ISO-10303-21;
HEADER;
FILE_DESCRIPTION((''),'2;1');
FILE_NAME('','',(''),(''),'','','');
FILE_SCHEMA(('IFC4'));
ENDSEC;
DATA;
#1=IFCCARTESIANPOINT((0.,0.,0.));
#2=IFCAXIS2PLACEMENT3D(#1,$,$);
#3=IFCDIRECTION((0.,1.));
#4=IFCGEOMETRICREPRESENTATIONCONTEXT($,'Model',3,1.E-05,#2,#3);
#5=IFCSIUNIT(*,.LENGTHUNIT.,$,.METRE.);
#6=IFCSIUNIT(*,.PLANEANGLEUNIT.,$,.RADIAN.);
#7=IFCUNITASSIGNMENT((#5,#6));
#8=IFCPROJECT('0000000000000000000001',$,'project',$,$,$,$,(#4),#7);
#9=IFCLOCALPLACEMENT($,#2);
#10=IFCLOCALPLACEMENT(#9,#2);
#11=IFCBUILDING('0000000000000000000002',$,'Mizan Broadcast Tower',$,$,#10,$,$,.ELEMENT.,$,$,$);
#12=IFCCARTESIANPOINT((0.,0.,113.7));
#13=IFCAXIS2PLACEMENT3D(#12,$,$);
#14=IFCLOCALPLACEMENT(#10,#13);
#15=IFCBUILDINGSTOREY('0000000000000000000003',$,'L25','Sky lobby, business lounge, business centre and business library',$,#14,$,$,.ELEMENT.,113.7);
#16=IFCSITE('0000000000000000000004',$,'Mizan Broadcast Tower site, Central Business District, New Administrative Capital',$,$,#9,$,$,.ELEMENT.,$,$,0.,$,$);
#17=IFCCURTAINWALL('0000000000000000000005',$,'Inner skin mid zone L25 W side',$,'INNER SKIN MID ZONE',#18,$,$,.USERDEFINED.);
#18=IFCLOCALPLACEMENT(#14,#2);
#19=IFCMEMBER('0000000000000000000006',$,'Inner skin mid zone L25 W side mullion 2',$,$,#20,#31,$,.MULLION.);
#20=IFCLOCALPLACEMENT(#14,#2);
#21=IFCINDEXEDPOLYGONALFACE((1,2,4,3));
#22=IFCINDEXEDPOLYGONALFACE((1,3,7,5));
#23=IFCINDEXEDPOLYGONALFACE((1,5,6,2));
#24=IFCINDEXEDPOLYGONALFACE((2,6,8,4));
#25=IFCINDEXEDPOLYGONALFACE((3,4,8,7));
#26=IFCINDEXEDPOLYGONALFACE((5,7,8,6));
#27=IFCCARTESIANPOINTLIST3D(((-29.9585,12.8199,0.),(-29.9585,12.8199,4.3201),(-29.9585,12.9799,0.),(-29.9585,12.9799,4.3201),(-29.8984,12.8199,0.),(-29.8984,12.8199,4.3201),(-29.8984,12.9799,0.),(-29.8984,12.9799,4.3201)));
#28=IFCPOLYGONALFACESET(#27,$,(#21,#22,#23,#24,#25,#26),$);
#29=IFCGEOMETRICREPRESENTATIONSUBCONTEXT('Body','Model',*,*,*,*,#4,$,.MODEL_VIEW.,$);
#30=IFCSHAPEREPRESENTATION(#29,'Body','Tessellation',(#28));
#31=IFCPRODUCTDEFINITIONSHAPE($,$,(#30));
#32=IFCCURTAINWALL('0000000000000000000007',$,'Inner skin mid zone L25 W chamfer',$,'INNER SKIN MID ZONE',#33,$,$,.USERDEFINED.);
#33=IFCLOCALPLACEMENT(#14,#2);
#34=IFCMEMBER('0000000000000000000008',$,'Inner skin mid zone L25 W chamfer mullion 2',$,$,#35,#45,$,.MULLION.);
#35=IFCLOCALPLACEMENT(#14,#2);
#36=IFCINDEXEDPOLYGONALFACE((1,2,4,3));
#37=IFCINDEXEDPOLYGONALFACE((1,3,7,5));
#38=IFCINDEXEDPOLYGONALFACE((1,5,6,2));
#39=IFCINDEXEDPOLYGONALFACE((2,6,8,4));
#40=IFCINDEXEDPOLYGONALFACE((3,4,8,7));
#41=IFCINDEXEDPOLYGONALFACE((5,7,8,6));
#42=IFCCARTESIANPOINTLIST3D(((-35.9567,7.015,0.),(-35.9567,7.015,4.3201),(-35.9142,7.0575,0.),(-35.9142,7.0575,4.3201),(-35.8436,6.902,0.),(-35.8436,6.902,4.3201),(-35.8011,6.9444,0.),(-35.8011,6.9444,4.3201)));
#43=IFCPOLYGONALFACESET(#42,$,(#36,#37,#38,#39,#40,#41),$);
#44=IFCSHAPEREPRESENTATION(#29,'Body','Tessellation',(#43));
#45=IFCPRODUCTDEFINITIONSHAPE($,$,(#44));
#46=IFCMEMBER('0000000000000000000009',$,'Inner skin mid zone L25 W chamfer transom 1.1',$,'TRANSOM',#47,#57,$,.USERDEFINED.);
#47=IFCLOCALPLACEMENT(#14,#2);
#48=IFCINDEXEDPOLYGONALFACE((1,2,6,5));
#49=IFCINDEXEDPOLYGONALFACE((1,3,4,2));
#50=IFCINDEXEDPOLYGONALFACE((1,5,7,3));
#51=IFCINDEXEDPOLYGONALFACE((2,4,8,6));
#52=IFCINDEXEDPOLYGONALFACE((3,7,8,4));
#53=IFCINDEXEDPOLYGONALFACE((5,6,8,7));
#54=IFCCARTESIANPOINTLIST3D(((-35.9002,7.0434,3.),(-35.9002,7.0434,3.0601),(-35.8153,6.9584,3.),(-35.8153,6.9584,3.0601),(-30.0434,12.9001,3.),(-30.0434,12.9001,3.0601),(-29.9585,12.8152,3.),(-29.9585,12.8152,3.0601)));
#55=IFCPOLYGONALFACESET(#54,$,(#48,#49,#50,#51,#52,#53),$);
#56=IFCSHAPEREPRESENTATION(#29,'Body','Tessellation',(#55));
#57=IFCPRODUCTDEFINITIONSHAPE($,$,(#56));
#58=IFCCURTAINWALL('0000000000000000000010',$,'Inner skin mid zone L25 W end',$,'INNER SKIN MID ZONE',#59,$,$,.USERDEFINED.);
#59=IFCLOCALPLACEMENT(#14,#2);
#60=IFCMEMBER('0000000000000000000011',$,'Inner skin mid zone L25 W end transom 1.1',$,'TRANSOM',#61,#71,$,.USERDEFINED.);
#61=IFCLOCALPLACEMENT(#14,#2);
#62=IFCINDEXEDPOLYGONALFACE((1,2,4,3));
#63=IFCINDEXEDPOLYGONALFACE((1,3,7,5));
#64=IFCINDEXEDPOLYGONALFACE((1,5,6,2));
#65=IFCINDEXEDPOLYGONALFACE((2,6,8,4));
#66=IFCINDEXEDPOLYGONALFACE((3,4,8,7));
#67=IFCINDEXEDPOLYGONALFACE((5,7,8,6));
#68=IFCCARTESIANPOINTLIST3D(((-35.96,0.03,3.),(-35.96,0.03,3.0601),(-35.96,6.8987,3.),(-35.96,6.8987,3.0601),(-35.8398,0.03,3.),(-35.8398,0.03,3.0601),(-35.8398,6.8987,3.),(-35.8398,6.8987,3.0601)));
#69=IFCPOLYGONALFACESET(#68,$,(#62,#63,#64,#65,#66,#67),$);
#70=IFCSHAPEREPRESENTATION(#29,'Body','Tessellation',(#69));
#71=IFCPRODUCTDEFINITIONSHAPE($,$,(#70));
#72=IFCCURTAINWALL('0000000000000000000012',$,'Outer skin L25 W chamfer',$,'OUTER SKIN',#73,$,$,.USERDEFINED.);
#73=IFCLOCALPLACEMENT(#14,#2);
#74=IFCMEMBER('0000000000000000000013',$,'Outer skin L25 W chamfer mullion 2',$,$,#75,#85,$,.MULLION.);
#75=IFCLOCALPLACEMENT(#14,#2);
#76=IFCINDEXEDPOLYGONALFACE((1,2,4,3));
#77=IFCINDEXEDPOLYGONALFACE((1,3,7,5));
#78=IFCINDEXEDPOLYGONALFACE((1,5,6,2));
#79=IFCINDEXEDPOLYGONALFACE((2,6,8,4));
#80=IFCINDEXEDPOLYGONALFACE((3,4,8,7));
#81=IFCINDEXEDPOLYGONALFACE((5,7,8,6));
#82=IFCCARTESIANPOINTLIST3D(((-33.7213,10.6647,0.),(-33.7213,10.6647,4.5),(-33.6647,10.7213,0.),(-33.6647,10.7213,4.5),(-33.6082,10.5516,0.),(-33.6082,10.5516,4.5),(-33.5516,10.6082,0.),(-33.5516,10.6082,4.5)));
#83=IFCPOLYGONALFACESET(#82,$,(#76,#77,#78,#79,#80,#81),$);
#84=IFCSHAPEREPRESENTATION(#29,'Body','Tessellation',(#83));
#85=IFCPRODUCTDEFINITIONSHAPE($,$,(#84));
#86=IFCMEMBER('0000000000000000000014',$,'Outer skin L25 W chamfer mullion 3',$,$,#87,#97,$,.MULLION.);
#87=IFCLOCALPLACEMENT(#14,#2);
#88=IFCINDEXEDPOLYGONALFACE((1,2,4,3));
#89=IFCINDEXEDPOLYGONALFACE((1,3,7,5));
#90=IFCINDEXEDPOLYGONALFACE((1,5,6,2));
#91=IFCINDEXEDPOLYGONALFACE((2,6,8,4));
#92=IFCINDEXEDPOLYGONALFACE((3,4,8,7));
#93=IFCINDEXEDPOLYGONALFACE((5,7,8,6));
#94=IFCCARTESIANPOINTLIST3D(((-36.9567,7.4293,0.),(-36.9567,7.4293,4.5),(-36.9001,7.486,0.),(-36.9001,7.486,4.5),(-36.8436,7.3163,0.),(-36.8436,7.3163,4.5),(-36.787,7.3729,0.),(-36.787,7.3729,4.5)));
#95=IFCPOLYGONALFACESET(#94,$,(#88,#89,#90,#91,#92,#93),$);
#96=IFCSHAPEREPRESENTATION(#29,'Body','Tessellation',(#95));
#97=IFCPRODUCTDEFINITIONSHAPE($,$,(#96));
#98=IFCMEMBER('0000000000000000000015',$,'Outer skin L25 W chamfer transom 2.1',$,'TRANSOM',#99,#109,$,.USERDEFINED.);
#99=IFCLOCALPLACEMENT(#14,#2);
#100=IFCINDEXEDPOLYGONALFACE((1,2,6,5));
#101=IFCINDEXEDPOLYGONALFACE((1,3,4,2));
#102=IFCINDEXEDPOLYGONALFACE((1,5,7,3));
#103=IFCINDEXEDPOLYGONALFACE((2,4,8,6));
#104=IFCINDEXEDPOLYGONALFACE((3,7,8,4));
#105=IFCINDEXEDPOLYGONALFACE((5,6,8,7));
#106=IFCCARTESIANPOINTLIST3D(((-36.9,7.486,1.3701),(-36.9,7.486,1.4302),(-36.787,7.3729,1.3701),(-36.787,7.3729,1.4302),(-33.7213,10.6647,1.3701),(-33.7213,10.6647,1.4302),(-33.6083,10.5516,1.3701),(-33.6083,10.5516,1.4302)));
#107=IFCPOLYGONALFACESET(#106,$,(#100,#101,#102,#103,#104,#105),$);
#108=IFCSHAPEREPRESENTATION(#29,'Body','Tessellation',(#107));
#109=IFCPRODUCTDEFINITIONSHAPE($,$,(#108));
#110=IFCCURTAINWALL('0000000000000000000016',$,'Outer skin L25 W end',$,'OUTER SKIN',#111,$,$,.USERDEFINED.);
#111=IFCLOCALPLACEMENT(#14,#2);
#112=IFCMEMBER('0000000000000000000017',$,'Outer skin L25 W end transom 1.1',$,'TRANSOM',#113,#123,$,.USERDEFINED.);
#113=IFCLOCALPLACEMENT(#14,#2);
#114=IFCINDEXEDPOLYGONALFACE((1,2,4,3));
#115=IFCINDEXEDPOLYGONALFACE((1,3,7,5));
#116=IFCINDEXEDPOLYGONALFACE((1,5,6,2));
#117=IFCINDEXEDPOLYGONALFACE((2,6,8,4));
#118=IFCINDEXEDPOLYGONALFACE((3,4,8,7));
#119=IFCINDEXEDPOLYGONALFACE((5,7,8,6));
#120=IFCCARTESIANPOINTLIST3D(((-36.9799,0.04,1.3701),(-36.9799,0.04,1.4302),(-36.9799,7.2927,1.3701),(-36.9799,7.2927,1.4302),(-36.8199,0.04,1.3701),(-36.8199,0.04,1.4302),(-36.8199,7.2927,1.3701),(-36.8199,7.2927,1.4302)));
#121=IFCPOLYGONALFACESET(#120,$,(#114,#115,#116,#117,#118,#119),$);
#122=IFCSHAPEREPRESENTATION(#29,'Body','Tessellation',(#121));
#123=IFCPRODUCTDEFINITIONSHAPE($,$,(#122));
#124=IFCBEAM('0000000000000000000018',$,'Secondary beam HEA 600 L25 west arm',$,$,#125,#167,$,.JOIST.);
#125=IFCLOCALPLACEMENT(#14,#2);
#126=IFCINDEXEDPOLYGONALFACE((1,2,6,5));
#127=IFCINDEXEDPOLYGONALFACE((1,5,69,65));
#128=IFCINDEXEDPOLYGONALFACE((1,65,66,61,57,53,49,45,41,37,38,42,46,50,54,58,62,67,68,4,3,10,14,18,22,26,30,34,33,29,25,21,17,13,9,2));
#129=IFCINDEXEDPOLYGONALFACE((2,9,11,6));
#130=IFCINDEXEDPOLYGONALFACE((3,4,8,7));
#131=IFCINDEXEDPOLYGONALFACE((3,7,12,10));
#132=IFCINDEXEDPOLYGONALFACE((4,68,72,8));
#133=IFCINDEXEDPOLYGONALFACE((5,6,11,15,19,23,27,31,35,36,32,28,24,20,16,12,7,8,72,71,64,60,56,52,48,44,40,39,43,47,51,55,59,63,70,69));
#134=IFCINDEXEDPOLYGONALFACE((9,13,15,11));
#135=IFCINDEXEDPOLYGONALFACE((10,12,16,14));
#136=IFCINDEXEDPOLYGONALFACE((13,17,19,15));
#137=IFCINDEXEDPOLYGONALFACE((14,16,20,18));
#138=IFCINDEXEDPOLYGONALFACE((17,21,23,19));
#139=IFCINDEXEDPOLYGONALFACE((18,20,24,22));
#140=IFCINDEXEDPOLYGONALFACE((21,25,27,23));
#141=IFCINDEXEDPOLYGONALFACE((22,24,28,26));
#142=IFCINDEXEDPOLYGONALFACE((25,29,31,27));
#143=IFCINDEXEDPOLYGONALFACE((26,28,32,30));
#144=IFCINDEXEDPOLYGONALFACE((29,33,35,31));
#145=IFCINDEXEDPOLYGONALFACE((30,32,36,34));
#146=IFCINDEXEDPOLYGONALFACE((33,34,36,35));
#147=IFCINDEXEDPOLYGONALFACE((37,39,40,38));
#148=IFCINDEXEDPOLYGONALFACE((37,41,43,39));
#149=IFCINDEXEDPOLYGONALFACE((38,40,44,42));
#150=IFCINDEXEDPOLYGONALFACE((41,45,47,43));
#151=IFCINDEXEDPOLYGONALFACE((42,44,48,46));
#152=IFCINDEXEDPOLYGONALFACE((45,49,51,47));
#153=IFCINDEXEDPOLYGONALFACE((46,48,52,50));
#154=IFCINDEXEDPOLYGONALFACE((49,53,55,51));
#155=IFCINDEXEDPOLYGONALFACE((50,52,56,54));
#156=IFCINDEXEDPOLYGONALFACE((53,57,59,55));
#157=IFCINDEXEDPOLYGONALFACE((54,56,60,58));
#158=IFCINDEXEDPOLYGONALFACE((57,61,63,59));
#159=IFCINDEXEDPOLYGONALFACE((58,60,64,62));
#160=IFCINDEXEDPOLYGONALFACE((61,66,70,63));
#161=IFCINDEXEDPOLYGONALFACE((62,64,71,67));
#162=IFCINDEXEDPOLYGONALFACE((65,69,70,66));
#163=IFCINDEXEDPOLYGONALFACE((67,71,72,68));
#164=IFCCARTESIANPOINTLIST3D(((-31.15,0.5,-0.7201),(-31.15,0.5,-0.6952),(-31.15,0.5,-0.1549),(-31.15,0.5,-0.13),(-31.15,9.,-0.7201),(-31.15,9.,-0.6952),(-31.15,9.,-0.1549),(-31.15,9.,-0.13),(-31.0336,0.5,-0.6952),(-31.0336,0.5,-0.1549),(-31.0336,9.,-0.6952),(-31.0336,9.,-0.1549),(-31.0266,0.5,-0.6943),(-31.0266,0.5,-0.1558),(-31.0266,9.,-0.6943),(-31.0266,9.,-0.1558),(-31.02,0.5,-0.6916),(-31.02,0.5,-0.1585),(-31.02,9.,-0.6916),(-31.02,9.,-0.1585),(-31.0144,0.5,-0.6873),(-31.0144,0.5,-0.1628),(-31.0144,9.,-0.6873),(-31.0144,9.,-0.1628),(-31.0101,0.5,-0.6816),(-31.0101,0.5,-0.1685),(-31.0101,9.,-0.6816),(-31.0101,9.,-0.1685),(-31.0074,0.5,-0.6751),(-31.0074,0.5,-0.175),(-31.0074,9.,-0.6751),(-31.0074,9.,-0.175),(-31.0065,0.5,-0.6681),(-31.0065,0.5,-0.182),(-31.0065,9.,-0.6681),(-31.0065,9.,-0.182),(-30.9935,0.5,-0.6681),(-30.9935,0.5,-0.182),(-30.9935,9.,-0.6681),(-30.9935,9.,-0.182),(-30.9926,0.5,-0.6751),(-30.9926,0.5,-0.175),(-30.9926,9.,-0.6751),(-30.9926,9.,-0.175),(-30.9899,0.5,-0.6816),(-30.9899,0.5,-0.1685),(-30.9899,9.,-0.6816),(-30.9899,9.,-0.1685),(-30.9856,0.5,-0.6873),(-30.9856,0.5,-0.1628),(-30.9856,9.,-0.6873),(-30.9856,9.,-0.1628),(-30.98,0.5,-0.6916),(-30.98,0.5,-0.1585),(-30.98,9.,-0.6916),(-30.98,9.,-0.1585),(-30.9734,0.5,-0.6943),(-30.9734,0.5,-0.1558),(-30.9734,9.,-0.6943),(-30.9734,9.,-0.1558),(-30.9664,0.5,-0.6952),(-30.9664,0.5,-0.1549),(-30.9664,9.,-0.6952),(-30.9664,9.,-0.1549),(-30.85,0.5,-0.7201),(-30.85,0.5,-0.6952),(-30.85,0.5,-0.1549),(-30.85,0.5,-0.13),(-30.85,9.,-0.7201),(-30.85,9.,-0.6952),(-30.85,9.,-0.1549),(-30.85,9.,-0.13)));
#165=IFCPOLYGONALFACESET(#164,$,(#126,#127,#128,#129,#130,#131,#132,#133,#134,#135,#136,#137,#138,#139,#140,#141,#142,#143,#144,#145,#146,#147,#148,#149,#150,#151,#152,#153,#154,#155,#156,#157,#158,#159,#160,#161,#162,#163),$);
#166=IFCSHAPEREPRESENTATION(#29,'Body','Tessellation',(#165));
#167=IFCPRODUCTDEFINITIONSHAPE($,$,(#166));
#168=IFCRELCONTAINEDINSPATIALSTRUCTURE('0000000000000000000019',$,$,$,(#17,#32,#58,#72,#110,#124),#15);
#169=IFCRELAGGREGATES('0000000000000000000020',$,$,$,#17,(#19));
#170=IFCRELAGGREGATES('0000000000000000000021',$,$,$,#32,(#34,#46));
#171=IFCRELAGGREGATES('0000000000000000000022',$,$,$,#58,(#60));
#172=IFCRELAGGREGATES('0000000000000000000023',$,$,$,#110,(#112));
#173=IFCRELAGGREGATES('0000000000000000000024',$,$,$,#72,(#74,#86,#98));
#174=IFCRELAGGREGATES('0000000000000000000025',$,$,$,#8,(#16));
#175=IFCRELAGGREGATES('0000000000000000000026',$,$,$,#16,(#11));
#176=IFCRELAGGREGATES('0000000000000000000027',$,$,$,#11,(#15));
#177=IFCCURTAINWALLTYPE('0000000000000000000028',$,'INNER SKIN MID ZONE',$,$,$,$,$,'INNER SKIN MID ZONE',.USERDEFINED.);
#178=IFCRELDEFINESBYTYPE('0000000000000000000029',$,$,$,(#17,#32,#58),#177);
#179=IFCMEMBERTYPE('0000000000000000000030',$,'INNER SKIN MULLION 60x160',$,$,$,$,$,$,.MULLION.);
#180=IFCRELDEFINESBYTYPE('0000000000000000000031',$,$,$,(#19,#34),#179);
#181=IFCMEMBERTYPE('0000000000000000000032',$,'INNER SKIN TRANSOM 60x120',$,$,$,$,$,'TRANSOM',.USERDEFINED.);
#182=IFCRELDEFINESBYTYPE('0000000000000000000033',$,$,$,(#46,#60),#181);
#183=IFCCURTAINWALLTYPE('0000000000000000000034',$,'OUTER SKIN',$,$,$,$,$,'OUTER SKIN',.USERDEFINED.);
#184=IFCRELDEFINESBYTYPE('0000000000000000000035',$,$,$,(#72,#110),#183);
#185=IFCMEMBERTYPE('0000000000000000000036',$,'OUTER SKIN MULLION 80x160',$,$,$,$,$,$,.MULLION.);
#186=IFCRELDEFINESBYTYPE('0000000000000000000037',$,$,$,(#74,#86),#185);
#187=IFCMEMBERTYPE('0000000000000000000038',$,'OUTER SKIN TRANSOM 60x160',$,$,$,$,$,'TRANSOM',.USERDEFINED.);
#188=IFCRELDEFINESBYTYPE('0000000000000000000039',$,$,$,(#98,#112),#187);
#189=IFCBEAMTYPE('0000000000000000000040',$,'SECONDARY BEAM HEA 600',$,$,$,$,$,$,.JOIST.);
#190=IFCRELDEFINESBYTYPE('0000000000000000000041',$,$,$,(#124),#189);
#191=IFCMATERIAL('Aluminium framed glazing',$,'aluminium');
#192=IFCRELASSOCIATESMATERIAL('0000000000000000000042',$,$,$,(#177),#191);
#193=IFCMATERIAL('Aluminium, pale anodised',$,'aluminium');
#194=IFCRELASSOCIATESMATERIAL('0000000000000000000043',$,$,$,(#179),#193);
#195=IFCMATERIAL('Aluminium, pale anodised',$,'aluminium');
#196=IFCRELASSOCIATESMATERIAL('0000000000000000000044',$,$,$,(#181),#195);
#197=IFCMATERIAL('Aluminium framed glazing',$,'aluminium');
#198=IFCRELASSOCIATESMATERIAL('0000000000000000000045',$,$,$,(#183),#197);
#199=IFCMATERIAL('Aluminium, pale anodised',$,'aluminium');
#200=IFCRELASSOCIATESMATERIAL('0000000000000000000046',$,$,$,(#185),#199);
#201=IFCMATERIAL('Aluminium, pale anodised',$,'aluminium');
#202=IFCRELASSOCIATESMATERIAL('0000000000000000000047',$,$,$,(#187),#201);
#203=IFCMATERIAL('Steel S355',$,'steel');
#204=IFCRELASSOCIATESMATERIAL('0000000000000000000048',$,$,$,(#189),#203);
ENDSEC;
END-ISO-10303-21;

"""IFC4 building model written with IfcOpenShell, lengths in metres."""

from ifc_helpers import new_model, si_unit, direction, frame, origin, origin_2d, place, context, subcontext, project, spatial, rectangle, i_section, extrude, material, material_profile, profile_set, type_object, element, aggregate, save


model = new_model("IFC4")

# Units and contexts
model_context = context("Model", 3, precision=1e-05, world=origin(), true_north=direction((0.0, 1.0)))
body_context = subcontext(model_context, "Body", "Model", "MODEL_VIEW")
ifc_project = project(units=[si_unit("LENGTHUNIT", "METRE"), si_unit("PLANEANGLEUNIT", "RADIAN")], contexts=[model_context])

# Site, building, storey
site_placement = place(None, origin())
site = spatial("IfcSite", under=ifc_project, at=site_placement, Name="Mizan Broadcast Tower site, Central Business District, New Administrative Capital", CompositionType="ELEMENT", RefElevation=0.0)
building_placement = place(site_placement, origin())
building = spatial("IfcBuilding", under=site, at=building_placement, Name="Mizan Broadcast Tower", CompositionType="ELEMENT")
storey_placement = place(building_placement, frame((0.0, 0.0, 113.7)))
storey = spatial("IfcBuildingStorey", under=building, at=storey_placement, Name="L25", Description="Sky lobby, business lounge, business centre and business library", CompositionType="ELEMENT", Elevation=113.7)

# Curtain wall, member
ifc_material_1 = material(Name="Aluminium framed glazing", Category="aluminium")
curtain_wall_type_1 = type_object("IfcCurtainWallType", Name="INNER SKIN MID ZONE", ElementType="INNER SKIN MID ZONE", PredefinedType="USERDEFINED", material=ifc_material_1)
curtain_wall_1_placement = place(storey_placement, origin())
curtain_wall_1 = element("IfcCurtainWall", 1, at=curtain_wall_1_placement, inside=storey, type_object=curtain_wall_type_1, Name="Inner skin mid zone L25 W side", ObjectType="INNER SKIN MID ZONE", PredefinedType="USERDEFINED")
ifc_material_2 = material(Name="Aluminium, pale anodised", Category="aluminium")
ifc_material_profile_1 = material_profile(ifc_material_2, rectangle(XDim=0.1599, YDim=0.0601, at=origin_2d()), Name="MULLION 160x60")
ifc_profile_set_1 = profile_set([ifc_material_profile_1], Name="Aluminium, pale anodised")
member_type_1 = type_object("IfcMemberType", Name="INNER SKIN MULLION 60x160", PredefinedType="MULLION", material=ifc_profile_set_1)
member_1_placement = place(storey_placement, frame((-29.9285, 12.8999, 0.0), z_axis=(0.0, 0.0, 1.0), x_axis=(0.0, -1.0, 0.0)))
member_1 = element("IfcMember", 2, at=member_1_placement, type_object=member_type_1, Name="Inner skin mid zone L25 W side mullion 2", PredefinedType="MULLION", context=body_context, shape_type="SweptSolid", body=[
    extrude(rectangle(XDim=0.1599, YDim=0.0601, at=origin_2d()), origin(), (0.0, 0.0, 1.0), 4.3201),
])

# Curtain wall, members
curtain_wall_2_placement = place(storey_placement, origin())
curtain_wall_2 = element("IfcCurtainWall", 3, at=curtain_wall_2_placement, inside=storey, type_object=curtain_wall_type_1, Name="Inner skin mid zone L25 W chamfer", ObjectType="INNER SKIN MID ZONE", PredefinedType="USERDEFINED")
member_2_placement = place(storey_placement, frame((-35.8789, 6.9797, 0.0), z_axis=(0.0, 0.0, 1.0), x_axis=(0.707107, -0.707107, 0.0)))
member_2 = element("IfcMember", 4, at=member_2_placement, type_object=member_type_1, Name="Inner skin mid zone L25 W chamfer mullion 2", PredefinedType="MULLION", context=body_context, shape_type="SweptSolid", body=[
    extrude(rectangle(XDim=0.1599, YDim=0.0601, at=origin_2d()), origin(), (0.0, 0.0, 1.0), 4.3201),
])
ifc_material_3 = material(Name="Aluminium, pale anodised", Category="aluminium")
ifc_material_profile_2 = material_profile(ifc_material_3, rectangle(XDim=0.1201, YDim=0.0601, at=origin_2d()), Name="TRANSOM 120x60")
ifc_profile_set_2 = profile_set([ifc_material_profile_2], Name="Aluminium, pale anodised")
member_type_2 = type_object("IfcMemberType", Name="INNER SKIN TRANSOM 60x120", ElementType="TRANSOM", PredefinedType="USERDEFINED", material=ifc_profile_set_2)
member_3_placement = place(storey_placement, frame((-30.001, 12.8577, 3.03), z_axis=(-0.707107, -0.707107, 0.0), x_axis=(0.707107, -0.707107, 0.0)))
member_3 = element("IfcMember", 5, at=member_3_placement, type_object=member_type_2, Name="Inner skin mid zone L25 W chamfer transom 1.1", ObjectType="TRANSOM", PredefinedType="USERDEFINED", context=body_context, shape_type="SweptSolid", body=[
    extrude(rectangle(XDim=0.1201, YDim=0.0601, at=origin_2d()), origin(), (0.0, 0.0, 1.0), 8.2827),
])

# Curtain wall, member
curtain_wall_3_placement = place(storey_placement, origin())
curtain_wall_3 = element("IfcCurtainWall", 6, at=curtain_wall_3_placement, inside=storey, type_object=curtain_wall_type_1, Name="Inner skin mid zone L25 W end", ObjectType="INNER SKIN MID ZONE", PredefinedType="USERDEFINED")
member_4_placement = place(storey_placement, frame((-35.8999, 6.8987, 3.03), z_axis=(0.0, -1.0, 0.0), x_axis=(1.0, 0.0, 0.0)))
member_4 = element("IfcMember", 7, at=member_4_placement, type_object=member_type_2, Name="Inner skin mid zone L25 W end transom 1.1", ObjectType="TRANSOM", PredefinedType="USERDEFINED", context=body_context, shape_type="SweptSolid", body=[
    extrude(rectangle(XDim=0.1201, YDim=0.0601, at=origin_2d()), origin(), (0.0, 0.0, 1.0), 6.8687),
])

# Curtain wall, members
ifc_material_4 = material(Name="Aluminium framed glazing", Category="aluminium")
curtain_wall_type_2 = type_object("IfcCurtainWallType", Name="OUTER SKIN", ElementType="OUTER SKIN", PredefinedType="USERDEFINED", material=ifc_material_4)
curtain_wall_4_placement = place(storey_placement, origin())
curtain_wall_4 = element("IfcCurtainWall", 8, at=curtain_wall_4_placement, inside=storey, type_object=curtain_wall_type_2, Name="Outer skin L25 W chamfer", ObjectType="OUTER SKIN", PredefinedType="USERDEFINED")
ifc_material_5 = material(Name="Aluminium, pale anodised", Category="aluminium")
ifc_material_profile_3 = material_profile(ifc_material_5, rectangle(XDim=0.1599, YDim=0.0801, at=origin_2d()), Name="MULLION 160x80")
ifc_profile_set_3 = profile_set([ifc_material_profile_3], Name="Aluminium, pale anodised")
member_type_3 = type_object("IfcMemberType", Name="OUTER SKIN MULLION 80x160", PredefinedType="MULLION", material=ifc_profile_set_3)
member_5_placement = place(storey_placement, frame((-33.6365, 10.6365, 0.0), z_axis=(0.0, 0.0, 1.0), x_axis=(0.707107, -0.707107, 0.0)))
member_5 = element("IfcMember", 9, at=member_5_placement, type_object=member_type_3, Name="Outer skin L25 W chamfer mullion 2", PredefinedType="MULLION", context=body_context, shape_type="SweptSolid", body=[
    extrude(rectangle(XDim=0.1599, YDim=0.0801, at=origin_2d()), origin(), (0.0, 0.0, 1.0), 4.5),
])
member_6_placement = place(storey_placement, frame((-36.8718, 7.4011, 0.0), z_axis=(0.0, 0.0, 1.0), x_axis=(0.707107, -0.707107, 0.0)))
member_6 = element("IfcMember", 10, at=member_6_placement, type_object=member_type_3, Name="Outer skin L25 W chamfer mullion 3", PredefinedType="MULLION", context=body_context, shape_type="SweptSolid", body=[
    extrude(rectangle(XDim=0.1599, YDim=0.0801, at=origin_2d()), origin(), (0.0, 0.0, 1.0), 4.5),
])
ifc_material_6 = material(Name="Aluminium, pale anodised", Category="aluminium")
ifc_material_profile_4 = material_profile(ifc_material_6, rectangle(XDim=0.1599, YDim=0.0601, at=origin_2d()), Name="TRANSOM 160x60")
ifc_profile_set_4 = profile_set([ifc_material_profile_4], Name="Aluminium, pale anodised")
member_type_4 = type_object("IfcMemberType", Name="OUTER SKIN TRANSOM 60x160", ElementType="TRANSOM", PredefinedType="USERDEFINED", material=ifc_profile_set_4)
member_7_placement = place(storey_placement, frame((-33.6648, 10.6082, 1.4001), z_axis=(-0.707107, -0.707107, 0.0), x_axis=(0.707107, -0.707107, 0.0)))
member_7 = element("IfcMember", 11, at=member_7_placement, type_object=member_type_4, Name="Outer skin L25 W chamfer transom 2.1", ObjectType="TRANSOM", PredefinedType="USERDEFINED", context=body_context, shape_type="SweptSolid", body=[
    extrude(rectangle(XDim=0.1599, YDim=0.0601, at=origin_2d()), origin(), (0.0, 0.0, 1.0), 4.4954),
])

# Curtain wall, member
curtain_wall_5_placement = place(storey_placement, origin())
curtain_wall_5 = element("IfcCurtainWall", 12, at=curtain_wall_5_placement, inside=storey, type_object=curtain_wall_type_2, Name="Outer skin L25 W end", ObjectType="OUTER SKIN", PredefinedType="USERDEFINED")
member_8_placement = place(storey_placement, frame((-36.8999, 7.2927, 1.4001), z_axis=(0.0, -1.0, 0.0), x_axis=(1.0, 0.0, 0.0)))
member_8 = element("IfcMember", 13, at=member_8_placement, type_object=member_type_4, Name="Outer skin L25 W end transom 1.1", ObjectType="TRANSOM", PredefinedType="USERDEFINED", context=body_context, shape_type="SweptSolid", body=[
    extrude(rectangle(XDim=0.1599, YDim=0.0601, at=origin_2d()), origin(), (0.0, 0.0, 1.0), 7.2527),
])

# Beam
ifc_material_7 = material(Name="Steel S355", Category="steel")
ifc_material_profile_5 = material_profile(ifc_material_7, i_section(OverallWidth=0.3, OverallDepth=0.5901, WebThickness=0.0129, FlangeThickness=0.0249, FilletRadius=0.0271, at=origin_2d()), Name="HEA 600")
ifc_profile_set_5 = profile_set([ifc_material_profile_5], Name="Steel S355")
beam_type_1 = type_object("IfcBeamType", Name="SECONDARY BEAM HEA 600", PredefinedType="JOIST", material=ifc_profile_set_5)
beam_1_placement = place(storey_placement, frame((-31.0, 9.0, -0.425), z_axis=(0.0, -1.0, 0.0), x_axis=(1.0, 0.0, 0.0)))
element("IfcBeam", 14, at=beam_1_placement, inside=storey, type_object=beam_type_1, Name="Secondary beam HEA 600 L25 west arm", PredefinedType="JOIST", context=body_context, shape_type="SweptSolid", body=[
    extrude(i_section(OverallWidth=0.3, OverallDepth=0.5901, WebThickness=0.0129, FlangeThickness=0.0249, FilletRadius=0.0271, at=origin_2d()), origin(), (0.0, 0.0, 1.0), 8.5),
])

aggregate(curtain_wall_1, [member_1])
aggregate(curtain_wall_2, [member_2, member_3])
aggregate(curtain_wall_3, [member_4])
aggregate(curtain_wall_5, [member_8])
aggregate(curtain_wall_4, [member_5, member_6, member_7])

save(model, "model.ifc")
